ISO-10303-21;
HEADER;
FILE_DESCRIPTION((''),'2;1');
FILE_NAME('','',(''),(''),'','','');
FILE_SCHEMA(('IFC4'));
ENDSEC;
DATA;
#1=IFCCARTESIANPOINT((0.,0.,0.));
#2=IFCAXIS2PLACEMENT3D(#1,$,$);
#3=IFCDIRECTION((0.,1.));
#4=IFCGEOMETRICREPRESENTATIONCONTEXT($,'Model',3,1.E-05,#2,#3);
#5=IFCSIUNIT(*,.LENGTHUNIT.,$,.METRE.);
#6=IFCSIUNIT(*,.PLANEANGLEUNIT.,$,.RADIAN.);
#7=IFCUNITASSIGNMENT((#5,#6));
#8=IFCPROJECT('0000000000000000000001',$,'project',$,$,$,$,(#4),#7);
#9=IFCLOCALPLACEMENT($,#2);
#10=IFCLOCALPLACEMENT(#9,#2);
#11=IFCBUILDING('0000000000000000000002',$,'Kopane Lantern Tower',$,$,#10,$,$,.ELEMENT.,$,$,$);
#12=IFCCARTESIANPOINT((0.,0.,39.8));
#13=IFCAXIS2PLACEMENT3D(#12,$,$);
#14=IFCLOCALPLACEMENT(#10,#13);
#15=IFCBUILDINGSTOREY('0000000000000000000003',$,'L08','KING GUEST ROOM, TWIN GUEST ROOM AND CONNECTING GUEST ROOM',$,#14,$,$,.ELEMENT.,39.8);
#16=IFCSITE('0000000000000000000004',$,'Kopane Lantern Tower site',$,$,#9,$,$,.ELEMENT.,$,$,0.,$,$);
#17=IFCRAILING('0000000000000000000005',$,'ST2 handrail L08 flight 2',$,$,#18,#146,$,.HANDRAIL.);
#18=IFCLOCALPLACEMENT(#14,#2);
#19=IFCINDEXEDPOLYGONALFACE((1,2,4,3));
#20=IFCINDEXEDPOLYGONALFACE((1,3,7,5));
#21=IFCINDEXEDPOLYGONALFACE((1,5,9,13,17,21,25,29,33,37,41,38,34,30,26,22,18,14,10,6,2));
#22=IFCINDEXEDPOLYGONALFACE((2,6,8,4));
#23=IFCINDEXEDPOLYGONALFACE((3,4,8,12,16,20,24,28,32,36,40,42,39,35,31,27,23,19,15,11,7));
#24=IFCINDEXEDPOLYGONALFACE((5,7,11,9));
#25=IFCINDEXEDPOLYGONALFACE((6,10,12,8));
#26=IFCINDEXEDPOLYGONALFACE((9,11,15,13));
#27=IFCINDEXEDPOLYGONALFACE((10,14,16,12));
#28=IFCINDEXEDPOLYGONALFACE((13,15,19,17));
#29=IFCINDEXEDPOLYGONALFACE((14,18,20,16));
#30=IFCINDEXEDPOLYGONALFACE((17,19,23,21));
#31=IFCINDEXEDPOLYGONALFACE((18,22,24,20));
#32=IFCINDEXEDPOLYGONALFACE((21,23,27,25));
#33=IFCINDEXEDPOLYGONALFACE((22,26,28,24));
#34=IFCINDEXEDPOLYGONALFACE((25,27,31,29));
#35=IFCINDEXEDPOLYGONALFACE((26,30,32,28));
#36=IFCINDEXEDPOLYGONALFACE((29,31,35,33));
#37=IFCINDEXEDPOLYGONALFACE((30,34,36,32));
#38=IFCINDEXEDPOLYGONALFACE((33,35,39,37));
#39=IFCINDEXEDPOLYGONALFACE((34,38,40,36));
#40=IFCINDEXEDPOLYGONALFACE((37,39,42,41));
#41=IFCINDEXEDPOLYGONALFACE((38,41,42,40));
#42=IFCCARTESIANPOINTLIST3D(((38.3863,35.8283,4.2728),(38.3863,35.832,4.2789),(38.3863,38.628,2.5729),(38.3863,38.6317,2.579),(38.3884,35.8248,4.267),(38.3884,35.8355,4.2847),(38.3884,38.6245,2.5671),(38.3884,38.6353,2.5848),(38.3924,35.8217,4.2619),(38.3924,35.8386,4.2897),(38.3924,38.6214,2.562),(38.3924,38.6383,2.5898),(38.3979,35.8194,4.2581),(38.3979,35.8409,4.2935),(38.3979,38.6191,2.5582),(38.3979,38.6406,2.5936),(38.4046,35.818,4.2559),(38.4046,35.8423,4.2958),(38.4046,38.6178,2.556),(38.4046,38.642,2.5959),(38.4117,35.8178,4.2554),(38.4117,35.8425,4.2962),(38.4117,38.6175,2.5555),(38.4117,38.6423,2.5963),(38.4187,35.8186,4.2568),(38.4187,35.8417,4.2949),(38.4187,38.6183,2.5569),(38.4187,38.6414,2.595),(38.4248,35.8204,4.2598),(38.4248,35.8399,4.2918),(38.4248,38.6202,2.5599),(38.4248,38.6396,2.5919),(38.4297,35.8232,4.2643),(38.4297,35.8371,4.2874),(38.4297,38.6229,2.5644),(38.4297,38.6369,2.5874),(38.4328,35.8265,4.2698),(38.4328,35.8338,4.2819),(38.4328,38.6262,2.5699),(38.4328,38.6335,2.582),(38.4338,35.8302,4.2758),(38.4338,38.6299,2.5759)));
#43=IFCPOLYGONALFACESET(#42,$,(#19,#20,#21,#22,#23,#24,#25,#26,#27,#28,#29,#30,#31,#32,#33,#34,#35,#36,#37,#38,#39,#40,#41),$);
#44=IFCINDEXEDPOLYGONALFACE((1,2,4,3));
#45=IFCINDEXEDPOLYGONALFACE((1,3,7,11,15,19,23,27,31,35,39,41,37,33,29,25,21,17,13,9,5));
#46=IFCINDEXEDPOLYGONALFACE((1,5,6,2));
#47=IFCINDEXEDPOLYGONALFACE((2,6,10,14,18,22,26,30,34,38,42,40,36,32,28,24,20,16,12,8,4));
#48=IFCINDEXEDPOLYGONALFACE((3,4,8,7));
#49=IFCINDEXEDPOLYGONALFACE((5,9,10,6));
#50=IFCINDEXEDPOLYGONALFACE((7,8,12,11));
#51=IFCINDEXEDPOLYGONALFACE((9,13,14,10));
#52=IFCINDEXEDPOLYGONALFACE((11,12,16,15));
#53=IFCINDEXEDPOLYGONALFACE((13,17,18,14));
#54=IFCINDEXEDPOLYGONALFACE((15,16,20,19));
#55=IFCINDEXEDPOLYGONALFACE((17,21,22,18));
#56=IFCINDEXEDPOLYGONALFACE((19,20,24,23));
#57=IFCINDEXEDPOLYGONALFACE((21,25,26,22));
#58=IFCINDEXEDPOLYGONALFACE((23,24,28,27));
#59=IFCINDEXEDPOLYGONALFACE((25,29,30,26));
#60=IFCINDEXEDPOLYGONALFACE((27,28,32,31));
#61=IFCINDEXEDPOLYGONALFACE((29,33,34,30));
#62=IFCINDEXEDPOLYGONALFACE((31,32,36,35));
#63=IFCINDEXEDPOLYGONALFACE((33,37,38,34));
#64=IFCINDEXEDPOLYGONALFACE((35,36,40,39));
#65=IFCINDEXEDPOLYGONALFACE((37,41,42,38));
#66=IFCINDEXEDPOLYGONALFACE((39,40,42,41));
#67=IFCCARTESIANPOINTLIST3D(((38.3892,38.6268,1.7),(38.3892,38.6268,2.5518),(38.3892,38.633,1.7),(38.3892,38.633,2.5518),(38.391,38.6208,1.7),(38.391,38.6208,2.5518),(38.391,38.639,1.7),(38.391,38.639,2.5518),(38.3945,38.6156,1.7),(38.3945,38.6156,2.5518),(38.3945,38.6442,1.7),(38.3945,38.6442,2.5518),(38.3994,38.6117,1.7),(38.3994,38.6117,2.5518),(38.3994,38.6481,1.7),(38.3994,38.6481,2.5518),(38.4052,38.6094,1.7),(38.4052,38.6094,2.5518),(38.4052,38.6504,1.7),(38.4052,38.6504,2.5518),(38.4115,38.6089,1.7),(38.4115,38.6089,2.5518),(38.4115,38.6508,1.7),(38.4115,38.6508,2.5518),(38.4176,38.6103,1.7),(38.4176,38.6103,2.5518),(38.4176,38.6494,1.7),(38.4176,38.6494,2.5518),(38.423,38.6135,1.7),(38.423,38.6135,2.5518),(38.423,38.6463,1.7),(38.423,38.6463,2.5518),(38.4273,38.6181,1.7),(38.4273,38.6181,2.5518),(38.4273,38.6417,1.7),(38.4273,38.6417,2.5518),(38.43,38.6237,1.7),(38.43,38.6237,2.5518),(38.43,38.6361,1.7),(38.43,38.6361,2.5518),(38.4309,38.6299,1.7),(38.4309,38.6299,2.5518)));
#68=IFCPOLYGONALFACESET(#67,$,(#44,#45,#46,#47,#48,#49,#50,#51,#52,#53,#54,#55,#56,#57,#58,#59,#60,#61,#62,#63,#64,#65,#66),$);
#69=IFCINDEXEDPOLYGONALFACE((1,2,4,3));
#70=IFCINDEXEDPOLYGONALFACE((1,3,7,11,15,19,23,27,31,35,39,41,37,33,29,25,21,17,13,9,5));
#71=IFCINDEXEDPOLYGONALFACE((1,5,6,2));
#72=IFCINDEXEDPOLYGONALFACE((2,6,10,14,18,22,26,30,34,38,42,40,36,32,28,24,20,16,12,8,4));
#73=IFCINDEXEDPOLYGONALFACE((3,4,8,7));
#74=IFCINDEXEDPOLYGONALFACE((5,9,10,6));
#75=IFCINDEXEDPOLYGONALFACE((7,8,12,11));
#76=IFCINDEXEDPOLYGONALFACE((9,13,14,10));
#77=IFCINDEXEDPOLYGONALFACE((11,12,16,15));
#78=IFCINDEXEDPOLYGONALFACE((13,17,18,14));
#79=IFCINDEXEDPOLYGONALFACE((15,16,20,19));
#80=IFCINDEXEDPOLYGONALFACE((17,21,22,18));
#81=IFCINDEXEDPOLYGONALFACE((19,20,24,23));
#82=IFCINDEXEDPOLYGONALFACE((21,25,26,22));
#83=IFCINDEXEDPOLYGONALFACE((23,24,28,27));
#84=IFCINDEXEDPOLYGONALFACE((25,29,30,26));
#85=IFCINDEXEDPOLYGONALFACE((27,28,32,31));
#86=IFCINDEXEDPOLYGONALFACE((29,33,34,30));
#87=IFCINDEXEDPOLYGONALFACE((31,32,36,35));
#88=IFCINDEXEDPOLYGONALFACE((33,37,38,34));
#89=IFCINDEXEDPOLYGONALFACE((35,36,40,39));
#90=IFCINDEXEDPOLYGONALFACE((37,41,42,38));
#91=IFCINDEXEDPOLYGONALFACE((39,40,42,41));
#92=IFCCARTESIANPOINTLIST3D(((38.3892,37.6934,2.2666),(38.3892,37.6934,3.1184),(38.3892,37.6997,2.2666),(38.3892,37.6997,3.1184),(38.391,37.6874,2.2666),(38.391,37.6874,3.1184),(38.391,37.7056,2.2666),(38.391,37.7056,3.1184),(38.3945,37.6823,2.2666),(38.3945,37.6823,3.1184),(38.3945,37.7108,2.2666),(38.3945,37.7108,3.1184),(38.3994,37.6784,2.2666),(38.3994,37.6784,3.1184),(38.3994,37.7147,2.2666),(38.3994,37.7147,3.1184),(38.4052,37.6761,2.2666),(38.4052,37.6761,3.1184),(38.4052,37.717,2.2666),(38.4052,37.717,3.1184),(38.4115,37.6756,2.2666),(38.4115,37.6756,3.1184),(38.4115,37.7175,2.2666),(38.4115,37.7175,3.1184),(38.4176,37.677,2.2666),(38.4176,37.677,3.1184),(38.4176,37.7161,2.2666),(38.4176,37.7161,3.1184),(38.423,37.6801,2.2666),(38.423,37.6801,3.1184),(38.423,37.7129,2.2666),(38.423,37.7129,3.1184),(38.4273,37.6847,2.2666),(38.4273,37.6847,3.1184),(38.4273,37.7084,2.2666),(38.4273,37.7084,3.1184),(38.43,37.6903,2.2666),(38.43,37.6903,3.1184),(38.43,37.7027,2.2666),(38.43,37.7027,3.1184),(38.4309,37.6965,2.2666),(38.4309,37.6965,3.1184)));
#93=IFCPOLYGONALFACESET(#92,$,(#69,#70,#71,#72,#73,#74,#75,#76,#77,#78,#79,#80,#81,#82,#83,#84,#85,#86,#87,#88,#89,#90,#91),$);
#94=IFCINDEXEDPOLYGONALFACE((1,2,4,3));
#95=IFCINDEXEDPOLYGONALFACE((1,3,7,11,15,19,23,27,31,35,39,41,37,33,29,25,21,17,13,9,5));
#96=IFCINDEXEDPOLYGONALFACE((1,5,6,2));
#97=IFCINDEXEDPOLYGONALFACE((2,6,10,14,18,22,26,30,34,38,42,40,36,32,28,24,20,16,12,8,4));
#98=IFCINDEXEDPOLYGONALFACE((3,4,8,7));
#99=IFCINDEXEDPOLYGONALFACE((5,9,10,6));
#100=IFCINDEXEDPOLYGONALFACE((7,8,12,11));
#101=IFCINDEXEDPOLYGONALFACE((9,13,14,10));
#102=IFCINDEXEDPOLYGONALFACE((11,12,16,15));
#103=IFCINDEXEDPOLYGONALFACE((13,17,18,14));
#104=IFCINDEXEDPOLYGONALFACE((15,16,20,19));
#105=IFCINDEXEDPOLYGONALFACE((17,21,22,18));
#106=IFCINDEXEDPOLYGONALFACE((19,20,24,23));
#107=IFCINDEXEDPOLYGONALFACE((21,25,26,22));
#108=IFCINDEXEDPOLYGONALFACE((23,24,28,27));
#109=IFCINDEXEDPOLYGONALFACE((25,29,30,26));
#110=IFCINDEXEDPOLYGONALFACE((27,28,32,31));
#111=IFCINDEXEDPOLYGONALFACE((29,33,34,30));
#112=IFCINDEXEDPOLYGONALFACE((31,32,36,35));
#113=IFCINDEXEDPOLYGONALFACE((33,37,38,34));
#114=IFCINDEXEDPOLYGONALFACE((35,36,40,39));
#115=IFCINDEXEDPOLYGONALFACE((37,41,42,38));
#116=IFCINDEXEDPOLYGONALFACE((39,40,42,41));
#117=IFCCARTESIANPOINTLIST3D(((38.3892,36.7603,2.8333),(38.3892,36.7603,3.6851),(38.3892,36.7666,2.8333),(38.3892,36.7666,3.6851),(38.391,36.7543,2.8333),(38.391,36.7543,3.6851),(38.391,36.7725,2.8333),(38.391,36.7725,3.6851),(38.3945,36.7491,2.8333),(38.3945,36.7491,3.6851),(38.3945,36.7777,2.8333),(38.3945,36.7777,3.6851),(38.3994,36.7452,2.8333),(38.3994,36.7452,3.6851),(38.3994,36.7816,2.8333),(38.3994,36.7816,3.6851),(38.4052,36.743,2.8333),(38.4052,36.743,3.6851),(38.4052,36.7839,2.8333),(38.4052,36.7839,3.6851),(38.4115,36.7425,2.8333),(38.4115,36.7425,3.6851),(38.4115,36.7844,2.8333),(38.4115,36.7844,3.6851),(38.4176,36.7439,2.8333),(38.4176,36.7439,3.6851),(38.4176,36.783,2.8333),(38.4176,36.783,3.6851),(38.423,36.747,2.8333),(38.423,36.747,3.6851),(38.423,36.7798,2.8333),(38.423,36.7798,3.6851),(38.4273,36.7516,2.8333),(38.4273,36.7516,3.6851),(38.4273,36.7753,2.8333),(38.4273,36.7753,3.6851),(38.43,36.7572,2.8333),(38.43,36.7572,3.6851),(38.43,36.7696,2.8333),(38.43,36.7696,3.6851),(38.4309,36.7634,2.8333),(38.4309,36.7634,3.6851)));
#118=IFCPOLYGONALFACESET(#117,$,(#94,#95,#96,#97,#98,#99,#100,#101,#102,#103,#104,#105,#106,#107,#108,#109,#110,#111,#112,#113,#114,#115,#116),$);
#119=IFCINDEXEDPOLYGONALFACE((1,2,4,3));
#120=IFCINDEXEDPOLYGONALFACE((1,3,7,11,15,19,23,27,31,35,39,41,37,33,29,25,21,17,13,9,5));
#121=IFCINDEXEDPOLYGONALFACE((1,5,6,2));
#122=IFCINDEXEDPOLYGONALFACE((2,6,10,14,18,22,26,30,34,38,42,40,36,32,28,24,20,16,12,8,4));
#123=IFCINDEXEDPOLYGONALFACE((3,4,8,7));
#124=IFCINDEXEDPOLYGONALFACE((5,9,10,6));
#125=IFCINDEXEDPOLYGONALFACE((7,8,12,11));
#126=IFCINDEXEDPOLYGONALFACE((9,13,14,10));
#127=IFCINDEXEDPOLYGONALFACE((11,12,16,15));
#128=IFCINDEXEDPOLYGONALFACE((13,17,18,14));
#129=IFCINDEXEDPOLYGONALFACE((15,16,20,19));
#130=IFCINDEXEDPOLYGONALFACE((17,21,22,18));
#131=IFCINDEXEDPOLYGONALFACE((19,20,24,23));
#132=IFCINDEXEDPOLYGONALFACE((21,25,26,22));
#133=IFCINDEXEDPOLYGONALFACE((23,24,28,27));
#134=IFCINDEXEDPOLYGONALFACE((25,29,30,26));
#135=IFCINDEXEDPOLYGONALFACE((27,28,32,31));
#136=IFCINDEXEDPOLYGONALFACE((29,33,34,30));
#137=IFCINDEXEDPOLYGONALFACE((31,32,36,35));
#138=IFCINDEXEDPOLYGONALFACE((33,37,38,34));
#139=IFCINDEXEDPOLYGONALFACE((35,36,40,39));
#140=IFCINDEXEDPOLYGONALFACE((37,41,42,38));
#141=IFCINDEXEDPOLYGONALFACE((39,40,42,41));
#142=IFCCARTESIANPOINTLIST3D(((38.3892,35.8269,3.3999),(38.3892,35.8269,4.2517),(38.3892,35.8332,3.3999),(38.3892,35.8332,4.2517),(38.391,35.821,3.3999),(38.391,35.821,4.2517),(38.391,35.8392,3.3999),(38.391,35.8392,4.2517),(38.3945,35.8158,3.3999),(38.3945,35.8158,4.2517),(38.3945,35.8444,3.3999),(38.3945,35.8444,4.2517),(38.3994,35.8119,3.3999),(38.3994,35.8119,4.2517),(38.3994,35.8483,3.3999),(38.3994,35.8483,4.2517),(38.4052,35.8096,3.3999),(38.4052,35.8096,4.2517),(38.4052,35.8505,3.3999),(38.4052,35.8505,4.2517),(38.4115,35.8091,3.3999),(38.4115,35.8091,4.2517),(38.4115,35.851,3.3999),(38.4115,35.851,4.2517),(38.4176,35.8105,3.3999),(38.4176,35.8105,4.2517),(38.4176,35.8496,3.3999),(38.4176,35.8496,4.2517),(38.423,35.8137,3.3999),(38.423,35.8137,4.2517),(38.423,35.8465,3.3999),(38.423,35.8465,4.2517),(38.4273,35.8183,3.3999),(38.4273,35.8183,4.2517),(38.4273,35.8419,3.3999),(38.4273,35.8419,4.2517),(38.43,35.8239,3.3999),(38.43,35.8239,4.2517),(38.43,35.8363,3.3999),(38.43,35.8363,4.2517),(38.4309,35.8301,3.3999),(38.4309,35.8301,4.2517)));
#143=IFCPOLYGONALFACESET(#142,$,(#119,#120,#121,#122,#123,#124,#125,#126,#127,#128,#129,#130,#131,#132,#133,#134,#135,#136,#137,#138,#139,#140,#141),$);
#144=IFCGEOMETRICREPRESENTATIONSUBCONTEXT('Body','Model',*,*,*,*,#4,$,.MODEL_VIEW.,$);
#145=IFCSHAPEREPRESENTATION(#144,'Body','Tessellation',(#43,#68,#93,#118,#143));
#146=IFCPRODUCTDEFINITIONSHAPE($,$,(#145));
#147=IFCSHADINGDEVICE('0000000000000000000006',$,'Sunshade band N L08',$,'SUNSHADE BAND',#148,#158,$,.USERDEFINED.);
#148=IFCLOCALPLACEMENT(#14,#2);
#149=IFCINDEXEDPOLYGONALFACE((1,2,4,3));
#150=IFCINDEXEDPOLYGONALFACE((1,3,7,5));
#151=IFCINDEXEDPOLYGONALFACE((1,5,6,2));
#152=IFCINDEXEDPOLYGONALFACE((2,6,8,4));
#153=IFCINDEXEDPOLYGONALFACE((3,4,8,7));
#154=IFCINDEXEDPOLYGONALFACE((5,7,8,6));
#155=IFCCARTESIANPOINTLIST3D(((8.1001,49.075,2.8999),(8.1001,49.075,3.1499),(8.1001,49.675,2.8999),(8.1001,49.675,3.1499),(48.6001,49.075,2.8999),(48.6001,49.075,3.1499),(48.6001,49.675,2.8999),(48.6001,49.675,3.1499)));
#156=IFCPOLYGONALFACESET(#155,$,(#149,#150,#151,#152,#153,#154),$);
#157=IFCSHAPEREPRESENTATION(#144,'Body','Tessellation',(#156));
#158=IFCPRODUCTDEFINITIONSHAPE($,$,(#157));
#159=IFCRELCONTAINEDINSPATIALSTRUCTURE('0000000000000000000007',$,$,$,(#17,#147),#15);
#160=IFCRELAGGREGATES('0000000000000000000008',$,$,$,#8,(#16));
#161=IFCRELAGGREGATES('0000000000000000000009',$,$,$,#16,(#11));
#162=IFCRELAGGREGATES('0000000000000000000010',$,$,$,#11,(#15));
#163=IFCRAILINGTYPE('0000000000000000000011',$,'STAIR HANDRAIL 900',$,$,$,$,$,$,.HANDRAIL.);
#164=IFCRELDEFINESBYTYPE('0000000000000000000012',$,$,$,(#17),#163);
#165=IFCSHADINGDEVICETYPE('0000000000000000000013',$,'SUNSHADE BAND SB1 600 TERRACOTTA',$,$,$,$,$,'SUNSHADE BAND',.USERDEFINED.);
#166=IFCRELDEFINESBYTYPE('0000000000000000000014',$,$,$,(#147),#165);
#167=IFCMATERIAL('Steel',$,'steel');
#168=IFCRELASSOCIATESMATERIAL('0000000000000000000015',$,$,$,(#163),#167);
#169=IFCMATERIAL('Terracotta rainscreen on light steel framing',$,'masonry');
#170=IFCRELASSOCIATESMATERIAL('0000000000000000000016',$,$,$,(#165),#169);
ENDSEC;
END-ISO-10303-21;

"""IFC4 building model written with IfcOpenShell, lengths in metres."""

from ifc_helpers import new_model, si_unit, direction, frame, origin, origin_2d, place, context, subcontext, project, spatial, rectangle, circle, extrude, material, type_object, element, save


model = new_model("IFC4")

# Units and contexts
model_context = context("Model", 3, precision=1e-05, world=origin(), true_north=direction((0.0, 1.0)))
body_context = subcontext(model_context, "Body", "Model", "MODEL_VIEW")
ifc_project = project(units=[si_unit("LENGTHUNIT", "METRE"), si_unit("PLANEANGLEUNIT", "RADIAN")], contexts=[model_context])

# Site, building, storey
site_placement = place(None, origin())
site = spatial("IfcSite", under=ifc_project, at=site_placement, Name="Kopane Lantern Tower site", CompositionType="ELEMENT", RefElevation=0.0)
building_placement = place(site_placement, origin())
building = spatial("IfcBuilding", under=site, at=building_placement, Name="Kopane Lantern Tower", CompositionType="ELEMENT")
storey_placement = place(building_placement, frame((0.0, 0.0, 39.8)))
storey = spatial("IfcBuildingStorey", under=building, at=storey_placement, Name="L08", Description="KING GUEST ROOM, TWIN GUEST ROOM AND CONNECTING GUEST ROOM", CompositionType="ELEMENT", Elevation=39.8)

# Railing
ifc_material_1 = material(Name="Steel", Category="steel")
railing_type = type_object("IfcRailingType", Name="STAIR HANDRAIL 900", PredefinedType="HANDRAIL", material=ifc_material_1)
for number, where, name in (
    (1, (38.4099, 38.6299, 1.7), "ST2 handrail L08 flight 2"),
):
    element("IfcRailing", number, at=place(storey_placement, frame(where)), inside=storey, type_object=railing_type, Name=name, PredefinedType="HANDRAIL", context=body_context, shape_type="SweptSolid", body=[
        extrude(circle(Radius=0.0239, at=origin_2d()), frame((0.0, 0.0, 0.876), z_axis=(0.0, -0.854778, 0.518994), x_axis=(1.0, 0.0, 0.0)), (0.0, 0.0, 1.0), 3.2754),
        extrude(circle(Radius=0.021, at=origin_2d()), origin(), (0.0, 0.0, 1.0), 0.8518),
        extrude(circle(Radius=0.021, at=origin_2d()), frame((0.0, -0.9333, 0.5667)), (0.0, 0.0, 1.0), 0.8518),
        extrude(circle(Radius=0.021, at=origin_2d()), frame((0.0, -1.8665, 1.1333)), (0.0, 0.0, 1.0), 0.8518),
        extrude(circle(Radius=0.021, at=origin_2d()), frame((0.0, -2.7998, 1.7)), (0.0, 0.0, 1.0), 0.8518),
    ])

# Shading device
ifc_material_2 = material(Name="Terracotta rainscreen on light steel framing", Category="masonry")
shading_device_type = type_object("IfcShadingDeviceType", Name="SUNSHADE BAND SB1 600 TERRACOTTA", ElementType="SUNSHADE BAND", PredefinedType="USERDEFINED", material=ifc_material_2)
shading_device_placement = place(storey_placement, frame((28.3501, 49.375, 2.8999), z_axis=(0.0, 0.0, 1.0), x_axis=(-1.0, 0.0, 0.0)))
element("IfcShadingDevice", 2, at=shading_device_placement, inside=storey, type_object=shading_device_type, Name="Sunshade band N L08", ObjectType="SUNSHADE BAND", PredefinedType="USERDEFINED", context=body_context, shape_type="SweptSolid", body=[
    extrude(rectangle(XDim=40.5, YDim=0.6001, at=origin_2d()), origin(), (0.0, 0.0, 1.0), 0.25),
])

save(model, "model.ifc")
